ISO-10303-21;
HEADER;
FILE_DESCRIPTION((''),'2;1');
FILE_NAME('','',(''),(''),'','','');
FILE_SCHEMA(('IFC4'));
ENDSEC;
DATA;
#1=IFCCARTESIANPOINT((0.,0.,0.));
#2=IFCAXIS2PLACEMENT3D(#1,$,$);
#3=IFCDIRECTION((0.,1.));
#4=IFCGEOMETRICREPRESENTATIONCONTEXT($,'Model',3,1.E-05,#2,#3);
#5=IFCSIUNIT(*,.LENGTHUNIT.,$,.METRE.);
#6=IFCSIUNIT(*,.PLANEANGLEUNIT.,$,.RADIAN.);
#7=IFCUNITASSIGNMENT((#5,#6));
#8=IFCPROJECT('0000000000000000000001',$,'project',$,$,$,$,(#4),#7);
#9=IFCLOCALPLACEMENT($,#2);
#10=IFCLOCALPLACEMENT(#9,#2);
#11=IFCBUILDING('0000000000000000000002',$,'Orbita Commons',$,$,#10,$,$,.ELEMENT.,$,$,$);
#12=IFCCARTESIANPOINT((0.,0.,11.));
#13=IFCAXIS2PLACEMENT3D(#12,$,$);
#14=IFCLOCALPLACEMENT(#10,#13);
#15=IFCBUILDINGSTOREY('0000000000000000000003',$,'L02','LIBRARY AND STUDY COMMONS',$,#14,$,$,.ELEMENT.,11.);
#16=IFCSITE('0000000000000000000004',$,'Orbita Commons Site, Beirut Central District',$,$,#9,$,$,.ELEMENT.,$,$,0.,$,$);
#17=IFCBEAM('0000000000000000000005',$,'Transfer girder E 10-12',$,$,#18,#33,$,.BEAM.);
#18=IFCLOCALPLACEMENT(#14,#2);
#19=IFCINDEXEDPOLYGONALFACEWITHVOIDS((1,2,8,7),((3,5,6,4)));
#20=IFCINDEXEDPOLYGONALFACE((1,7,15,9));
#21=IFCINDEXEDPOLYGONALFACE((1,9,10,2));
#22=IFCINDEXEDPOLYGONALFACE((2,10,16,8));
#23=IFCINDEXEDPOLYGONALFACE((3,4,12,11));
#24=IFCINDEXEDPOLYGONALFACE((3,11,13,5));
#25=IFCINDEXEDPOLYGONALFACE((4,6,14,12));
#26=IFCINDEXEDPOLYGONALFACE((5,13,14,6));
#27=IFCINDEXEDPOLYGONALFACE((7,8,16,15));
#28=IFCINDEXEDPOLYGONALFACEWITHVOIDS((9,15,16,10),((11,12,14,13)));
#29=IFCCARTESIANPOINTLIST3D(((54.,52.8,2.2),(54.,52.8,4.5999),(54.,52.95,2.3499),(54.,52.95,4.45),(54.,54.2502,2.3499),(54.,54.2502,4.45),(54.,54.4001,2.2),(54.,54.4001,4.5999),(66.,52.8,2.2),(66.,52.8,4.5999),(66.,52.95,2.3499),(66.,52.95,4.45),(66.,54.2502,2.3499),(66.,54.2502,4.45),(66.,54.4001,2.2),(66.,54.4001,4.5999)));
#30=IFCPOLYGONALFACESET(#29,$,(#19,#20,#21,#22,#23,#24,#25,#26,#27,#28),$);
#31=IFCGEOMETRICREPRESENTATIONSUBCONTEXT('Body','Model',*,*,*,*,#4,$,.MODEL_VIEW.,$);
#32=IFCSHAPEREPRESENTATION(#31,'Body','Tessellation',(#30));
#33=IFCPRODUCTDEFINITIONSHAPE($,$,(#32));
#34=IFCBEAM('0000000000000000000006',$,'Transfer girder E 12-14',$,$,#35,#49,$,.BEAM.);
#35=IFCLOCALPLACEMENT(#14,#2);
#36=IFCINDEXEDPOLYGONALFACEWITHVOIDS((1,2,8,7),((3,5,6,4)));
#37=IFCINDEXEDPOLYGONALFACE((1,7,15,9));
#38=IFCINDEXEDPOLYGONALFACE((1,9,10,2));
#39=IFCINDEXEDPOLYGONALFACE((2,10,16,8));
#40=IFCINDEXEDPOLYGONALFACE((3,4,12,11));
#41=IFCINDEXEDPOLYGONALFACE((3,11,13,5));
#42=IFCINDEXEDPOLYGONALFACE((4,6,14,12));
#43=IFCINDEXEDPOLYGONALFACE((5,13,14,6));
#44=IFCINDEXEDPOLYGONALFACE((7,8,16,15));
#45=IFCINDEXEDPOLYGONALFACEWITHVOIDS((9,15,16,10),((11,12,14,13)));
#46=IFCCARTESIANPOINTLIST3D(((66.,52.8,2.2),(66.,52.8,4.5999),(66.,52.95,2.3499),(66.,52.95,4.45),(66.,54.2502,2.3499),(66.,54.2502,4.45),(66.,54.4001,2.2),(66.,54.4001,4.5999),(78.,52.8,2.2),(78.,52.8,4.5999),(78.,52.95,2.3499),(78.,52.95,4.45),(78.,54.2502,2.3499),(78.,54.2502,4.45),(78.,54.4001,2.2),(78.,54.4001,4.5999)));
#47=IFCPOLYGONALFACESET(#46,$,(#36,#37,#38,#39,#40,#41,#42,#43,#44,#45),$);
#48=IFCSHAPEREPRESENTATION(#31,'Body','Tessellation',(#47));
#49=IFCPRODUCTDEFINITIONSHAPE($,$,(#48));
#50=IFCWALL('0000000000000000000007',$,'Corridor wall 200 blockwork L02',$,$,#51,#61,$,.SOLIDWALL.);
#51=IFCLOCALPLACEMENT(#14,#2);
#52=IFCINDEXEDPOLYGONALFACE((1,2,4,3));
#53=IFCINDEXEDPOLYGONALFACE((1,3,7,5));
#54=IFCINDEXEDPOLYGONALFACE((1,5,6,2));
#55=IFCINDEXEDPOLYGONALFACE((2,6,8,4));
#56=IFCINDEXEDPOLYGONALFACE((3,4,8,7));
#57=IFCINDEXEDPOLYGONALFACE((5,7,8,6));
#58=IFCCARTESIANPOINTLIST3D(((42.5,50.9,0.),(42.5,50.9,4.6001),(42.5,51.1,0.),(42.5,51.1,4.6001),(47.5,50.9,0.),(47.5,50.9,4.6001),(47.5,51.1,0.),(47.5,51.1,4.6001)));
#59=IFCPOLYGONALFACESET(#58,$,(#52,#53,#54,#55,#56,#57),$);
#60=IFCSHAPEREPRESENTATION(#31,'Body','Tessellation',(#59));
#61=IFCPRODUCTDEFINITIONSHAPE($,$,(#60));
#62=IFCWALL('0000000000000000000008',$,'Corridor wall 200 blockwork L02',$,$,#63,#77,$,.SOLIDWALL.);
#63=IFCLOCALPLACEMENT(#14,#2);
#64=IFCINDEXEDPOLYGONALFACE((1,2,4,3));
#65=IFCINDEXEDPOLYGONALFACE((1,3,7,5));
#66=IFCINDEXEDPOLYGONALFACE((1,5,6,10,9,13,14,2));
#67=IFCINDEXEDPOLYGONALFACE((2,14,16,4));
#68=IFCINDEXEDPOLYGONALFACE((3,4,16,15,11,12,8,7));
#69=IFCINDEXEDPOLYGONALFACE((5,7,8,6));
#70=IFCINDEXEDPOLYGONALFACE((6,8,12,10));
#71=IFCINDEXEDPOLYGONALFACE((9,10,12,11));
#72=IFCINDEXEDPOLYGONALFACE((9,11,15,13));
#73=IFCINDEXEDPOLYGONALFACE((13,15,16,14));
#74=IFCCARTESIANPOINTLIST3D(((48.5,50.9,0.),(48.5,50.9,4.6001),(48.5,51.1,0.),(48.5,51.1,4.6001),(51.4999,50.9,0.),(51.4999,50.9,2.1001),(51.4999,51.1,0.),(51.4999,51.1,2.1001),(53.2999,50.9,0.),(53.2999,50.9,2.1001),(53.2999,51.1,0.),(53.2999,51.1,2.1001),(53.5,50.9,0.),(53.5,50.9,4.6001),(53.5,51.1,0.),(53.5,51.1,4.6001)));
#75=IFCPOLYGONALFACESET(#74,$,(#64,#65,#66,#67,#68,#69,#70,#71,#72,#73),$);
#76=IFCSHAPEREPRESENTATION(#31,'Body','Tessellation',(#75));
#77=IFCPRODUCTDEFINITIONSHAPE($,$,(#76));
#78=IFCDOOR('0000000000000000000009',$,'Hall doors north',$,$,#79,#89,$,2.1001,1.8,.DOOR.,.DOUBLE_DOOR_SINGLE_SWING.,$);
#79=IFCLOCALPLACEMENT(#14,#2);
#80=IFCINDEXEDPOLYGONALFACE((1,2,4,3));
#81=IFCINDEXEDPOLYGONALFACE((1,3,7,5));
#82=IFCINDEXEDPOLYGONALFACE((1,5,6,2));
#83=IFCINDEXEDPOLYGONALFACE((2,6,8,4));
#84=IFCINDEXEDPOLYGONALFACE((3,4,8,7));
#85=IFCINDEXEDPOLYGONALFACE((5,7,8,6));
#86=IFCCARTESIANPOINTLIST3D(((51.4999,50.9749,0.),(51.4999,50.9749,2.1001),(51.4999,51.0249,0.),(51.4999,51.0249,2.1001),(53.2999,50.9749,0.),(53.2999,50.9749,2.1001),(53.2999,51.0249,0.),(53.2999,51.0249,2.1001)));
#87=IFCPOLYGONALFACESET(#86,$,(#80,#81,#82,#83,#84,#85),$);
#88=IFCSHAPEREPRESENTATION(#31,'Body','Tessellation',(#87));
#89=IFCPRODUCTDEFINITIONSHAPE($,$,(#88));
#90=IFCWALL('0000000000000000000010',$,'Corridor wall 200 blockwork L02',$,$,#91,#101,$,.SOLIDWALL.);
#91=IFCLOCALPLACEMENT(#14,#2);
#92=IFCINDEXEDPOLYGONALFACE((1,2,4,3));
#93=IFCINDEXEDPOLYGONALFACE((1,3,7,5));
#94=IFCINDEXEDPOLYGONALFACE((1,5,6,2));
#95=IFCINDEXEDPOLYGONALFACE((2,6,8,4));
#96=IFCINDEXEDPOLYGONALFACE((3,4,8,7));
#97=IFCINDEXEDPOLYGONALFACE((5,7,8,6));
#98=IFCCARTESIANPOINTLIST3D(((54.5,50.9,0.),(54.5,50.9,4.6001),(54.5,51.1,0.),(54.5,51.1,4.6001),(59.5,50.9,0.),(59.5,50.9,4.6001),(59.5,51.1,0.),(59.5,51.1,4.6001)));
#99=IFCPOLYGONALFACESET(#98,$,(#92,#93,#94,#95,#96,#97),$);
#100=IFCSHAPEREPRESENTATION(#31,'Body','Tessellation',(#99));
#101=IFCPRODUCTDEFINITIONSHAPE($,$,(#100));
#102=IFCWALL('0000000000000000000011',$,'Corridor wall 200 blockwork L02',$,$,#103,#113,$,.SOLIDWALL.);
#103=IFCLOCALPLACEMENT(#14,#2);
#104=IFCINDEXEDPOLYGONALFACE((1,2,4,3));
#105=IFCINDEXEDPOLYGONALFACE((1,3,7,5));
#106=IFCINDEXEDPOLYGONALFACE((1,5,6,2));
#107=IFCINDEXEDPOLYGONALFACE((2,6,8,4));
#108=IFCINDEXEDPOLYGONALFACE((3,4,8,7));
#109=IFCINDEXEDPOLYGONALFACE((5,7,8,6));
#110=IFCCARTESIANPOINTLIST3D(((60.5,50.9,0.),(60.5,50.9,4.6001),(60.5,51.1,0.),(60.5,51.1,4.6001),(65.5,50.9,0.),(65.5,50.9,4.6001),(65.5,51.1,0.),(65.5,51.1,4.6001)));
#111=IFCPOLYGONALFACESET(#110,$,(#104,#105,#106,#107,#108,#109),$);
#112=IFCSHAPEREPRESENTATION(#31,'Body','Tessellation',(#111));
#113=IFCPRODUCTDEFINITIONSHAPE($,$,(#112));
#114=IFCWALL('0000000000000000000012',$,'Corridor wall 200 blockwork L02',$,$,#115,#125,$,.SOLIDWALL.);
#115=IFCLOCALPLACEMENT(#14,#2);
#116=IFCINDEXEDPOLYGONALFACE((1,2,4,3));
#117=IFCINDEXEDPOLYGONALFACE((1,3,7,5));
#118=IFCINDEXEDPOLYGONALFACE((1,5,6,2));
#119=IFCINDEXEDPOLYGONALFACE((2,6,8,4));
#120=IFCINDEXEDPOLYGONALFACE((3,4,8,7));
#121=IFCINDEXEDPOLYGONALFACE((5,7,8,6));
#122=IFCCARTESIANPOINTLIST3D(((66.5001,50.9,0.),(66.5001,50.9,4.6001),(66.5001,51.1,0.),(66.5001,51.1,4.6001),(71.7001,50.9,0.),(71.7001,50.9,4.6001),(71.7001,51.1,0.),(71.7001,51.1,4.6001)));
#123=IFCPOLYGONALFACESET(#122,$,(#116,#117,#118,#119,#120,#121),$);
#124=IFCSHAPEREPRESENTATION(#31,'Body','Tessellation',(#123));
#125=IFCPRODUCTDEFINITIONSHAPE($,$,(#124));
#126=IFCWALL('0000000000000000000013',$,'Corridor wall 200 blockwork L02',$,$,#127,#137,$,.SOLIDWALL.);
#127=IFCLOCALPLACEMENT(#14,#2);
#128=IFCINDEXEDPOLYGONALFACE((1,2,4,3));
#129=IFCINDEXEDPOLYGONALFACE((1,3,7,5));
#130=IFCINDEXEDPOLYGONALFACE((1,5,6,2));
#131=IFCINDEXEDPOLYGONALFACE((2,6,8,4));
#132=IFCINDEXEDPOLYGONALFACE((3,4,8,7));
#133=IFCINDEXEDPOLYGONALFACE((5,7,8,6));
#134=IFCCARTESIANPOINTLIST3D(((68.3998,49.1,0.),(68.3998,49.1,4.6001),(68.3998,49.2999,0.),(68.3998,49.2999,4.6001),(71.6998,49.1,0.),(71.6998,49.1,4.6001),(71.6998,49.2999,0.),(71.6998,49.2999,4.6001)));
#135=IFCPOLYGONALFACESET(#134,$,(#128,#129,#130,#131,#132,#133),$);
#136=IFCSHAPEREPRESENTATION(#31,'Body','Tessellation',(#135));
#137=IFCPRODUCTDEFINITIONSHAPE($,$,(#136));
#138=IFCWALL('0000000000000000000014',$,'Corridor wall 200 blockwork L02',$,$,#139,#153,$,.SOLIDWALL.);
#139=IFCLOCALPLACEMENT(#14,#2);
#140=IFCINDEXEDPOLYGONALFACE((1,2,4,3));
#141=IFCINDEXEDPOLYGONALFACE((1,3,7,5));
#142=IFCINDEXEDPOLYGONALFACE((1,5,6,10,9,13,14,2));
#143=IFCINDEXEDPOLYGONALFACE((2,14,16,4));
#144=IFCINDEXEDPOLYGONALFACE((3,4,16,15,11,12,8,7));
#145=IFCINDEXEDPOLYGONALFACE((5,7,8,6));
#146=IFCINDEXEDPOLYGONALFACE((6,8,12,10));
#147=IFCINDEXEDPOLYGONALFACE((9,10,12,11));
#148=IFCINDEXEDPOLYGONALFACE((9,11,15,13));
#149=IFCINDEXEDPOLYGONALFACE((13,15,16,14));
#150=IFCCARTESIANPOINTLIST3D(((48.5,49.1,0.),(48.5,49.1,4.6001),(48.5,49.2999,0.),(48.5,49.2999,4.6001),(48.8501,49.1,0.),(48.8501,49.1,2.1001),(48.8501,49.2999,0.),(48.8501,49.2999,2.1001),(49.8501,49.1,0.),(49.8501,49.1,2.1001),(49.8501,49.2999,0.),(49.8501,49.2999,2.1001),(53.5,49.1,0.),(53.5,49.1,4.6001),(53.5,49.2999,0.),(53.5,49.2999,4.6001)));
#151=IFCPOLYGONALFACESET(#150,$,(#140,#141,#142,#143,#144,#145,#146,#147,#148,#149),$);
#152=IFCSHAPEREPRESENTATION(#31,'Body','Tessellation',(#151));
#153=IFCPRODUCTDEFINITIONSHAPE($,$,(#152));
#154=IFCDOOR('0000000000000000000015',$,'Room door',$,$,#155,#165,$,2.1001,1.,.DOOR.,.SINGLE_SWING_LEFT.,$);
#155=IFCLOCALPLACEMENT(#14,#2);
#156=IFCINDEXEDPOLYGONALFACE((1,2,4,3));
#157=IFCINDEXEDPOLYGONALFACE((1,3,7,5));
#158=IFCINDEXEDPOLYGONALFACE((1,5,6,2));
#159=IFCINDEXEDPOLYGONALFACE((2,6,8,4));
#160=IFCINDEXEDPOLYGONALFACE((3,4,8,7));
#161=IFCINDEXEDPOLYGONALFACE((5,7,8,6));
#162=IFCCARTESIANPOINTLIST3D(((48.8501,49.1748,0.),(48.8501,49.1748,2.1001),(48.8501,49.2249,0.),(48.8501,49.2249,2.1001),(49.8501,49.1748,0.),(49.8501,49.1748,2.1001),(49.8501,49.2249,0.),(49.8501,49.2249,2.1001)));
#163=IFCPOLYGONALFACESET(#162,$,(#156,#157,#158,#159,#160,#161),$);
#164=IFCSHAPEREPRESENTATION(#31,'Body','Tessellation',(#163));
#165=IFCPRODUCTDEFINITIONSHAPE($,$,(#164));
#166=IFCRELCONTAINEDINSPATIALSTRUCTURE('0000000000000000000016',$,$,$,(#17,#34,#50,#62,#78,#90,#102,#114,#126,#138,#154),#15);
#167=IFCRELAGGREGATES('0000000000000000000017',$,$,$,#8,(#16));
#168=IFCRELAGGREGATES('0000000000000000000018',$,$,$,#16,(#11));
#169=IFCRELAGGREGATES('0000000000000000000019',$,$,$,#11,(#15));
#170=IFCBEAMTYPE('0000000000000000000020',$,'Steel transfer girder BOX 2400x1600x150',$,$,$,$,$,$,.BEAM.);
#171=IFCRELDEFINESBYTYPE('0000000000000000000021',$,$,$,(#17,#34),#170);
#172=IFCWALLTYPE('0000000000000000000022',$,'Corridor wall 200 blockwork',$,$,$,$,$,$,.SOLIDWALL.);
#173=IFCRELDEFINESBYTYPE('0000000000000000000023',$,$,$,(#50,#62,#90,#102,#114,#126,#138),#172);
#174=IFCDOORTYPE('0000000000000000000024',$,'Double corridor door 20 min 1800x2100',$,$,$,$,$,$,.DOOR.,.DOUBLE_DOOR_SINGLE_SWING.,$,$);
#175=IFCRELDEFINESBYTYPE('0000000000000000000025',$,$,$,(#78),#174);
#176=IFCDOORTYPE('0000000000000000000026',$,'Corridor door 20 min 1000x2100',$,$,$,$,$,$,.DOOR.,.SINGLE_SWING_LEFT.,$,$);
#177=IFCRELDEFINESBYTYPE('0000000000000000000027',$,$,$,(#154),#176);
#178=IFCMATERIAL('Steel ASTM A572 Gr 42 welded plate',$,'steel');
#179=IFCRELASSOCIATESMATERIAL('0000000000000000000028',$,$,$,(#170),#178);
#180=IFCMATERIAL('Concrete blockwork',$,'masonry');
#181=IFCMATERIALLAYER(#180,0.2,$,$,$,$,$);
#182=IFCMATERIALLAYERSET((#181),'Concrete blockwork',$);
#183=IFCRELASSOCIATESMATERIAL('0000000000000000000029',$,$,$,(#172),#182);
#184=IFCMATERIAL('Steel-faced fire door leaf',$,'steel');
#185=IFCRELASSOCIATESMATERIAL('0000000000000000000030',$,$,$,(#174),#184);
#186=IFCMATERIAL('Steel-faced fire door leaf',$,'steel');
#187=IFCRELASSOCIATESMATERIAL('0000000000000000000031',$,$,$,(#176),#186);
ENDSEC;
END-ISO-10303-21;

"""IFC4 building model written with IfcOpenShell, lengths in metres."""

from ifc_helpers import new_model, si_unit, direction, frame, frame_2d, origin, origin_2d, place, context, subcontext, project, spatial, rectangle, hollow_rectangle, extrude, material, layer, layer_set, material_profile, profile_set, type_object, element, fill, save


model = new_model("IFC4")

# Units and contexts
model_context = context("Model", 3, precision=1e-05, world=origin(), true_north=direction((0.0, 1.0)))
body_context = subcontext(model_context, "Body", "Model", "MODEL_VIEW")
ifc_project = project(units=[si_unit("LENGTHUNIT", "METRE"), si_unit("PLANEANGLEUNIT", "RADIAN")], contexts=[model_context])

# Site, building, storey
site_placement = place(None, origin())
site = spatial("IfcSite", under=ifc_project, at=site_placement, Name="Orbita Commons Site, Beirut Central District", CompositionType="ELEMENT", RefElevation=0.0)
building_placement = place(site_placement, origin())
building = spatial("IfcBuilding", under=site, at=building_placement, Name="Orbita Commons", CompositionType="ELEMENT")
storey_placement = place(building_placement, frame((0.0, 0.0, 11.0)))
storey = spatial("IfcBuildingStorey", under=building, at=storey_placement, Name="L02", Description="LIBRARY AND STUDY COMMONS", CompositionType="ELEMENT", Elevation=11.0)

# Beams
ifc_material_1 = material(Name="Steel ASTM A572 Gr 42 welded plate", Category="steel")
ifc_material_profile_1 = material_profile(ifc_material_1, hollow_rectangle(XDim=1.6001, YDim=2.3999, WallThickness=0.1499, at=origin_2d()), Name="BOX 2400x1600x150")
ifc_profile_set_1 = profile_set([ifc_material_profile_1], Name="Steel ASTM A572 Gr 42 welded plate")
beam_type_1 = type_object("IfcBeamType", Name="Steel transfer girder BOX 2400x1600x150", PredefinedType="BEAM", material=ifc_profile_set_1)
for number, where, z_axis, x_axis, name in (
    (1, (54.0, 53.6001, 3.3999), (1.0, 0.0, 0.0), (0.0, 1.0, 0.0), "Transfer girder E 10-12"),
    (2, (66.0, 53.6001, 3.3999), (1.0, 0.0, 0.0), (0.0, 1.0, 0.0), "Transfer girder E 12-14"),
):
    element("IfcBeam", number, at=place(storey_placement, frame(where, z_axis=z_axis, x_axis=x_axis)), inside=storey, type_object=beam_type_1, Name=name, PredefinedType="BEAM", context=body_context, shape_type="SweptSolid", body=[
        extrude(hollow_rectangle(XDim=1.6001, YDim=2.3999, WallThickness=0.1499, at=origin_2d()), origin(), (0.0, 0.0, 1.0), 12.0),
    ])

# Wall
ifc_material_2 = material(Name="Concrete blockwork", Category="masonry")
ifc_layer_1 = layer(ifc_material_2, 0.2)
ifc_layer_set_1 = layer_set([ifc_layer_1], Name="Concrete blockwork")
wall_type_1 = type_object("IfcWallType", Name="Corridor wall 200 blockwork", PredefinedType="SOLIDWALL", material=ifc_layer_set_1)
wall_1_placement = place(storey_placement, frame((42.5, 51.0, 0.0), z_axis=(0.0, 0.0, 1.0), x_axis=(1.0, 0.0, 0.0)))
element("IfcWall", 3, at=wall_1_placement, inside=storey, type_object=wall_type_1, Name="Corridor wall 200 blockwork L02", PredefinedType="SOLIDWALL", context=body_context, shape_type="SweptSolid", body=[
    extrude(rectangle(XDim=5.0, YDim=0.2, at=frame_2d((2.5, 0.0))), origin(), (0.0, 0.0, 1.0), 4.6001),
])

# Wall, opening, door
wall_2_placement = place(storey_placement, frame((48.5, 51.0, 0.0), z_axis=(0.0, 0.0, 1.0), x_axis=(1.0, 0.0, 0.0)))
wall_2 = element("IfcWall", 4, at=wall_2_placement, inside=storey, type_object=wall_type_1, Name="Corridor wall 200 blockwork L02", PredefinedType="SOLIDWALL", context=body_context, shape_type="SweptSolid", body=[
    extrude(rectangle(XDim=5.0, YDim=0.2, at=frame_2d((2.5, 0.0))), origin(), (0.0, 0.0, 1.0), 4.6001),
])
opening_1_placement = place(wall_2_placement, frame((3.0, 0.0, 0.0)))
opening_1 = element("IfcOpeningElement", 5, at=opening_1_placement, cuts=wall_2, PredefinedType="OPENING", context=body_context, shape_type="SweptSolid", body=[
    extrude(rectangle(XDim=1.8, YDim=2.1001, at=frame_2d((0.8999, 1.05))), frame((0.0, 0.1099, 0.0), z_axis=(0.0, -1.0, 0.0), x_axis=(1.0, 0.0, 0.0)), (0.0, 0.0, 1.0), 0.22),
])
ifc_material_3 = material(Name="Steel-faced fire door leaf", Category="steel")
door_type_1 = type_object("IfcDoorType", Name="Double corridor door 20 min 1800x2100", OperationType="DOUBLE_DOOR_SINGLE_SWING", PredefinedType="DOOR", material=ifc_material_3)
door_1_placement = place(opening_1_placement, origin())
door_1 = element("IfcDoor", 6, at=door_1_placement, inside=storey, type_object=door_type_1, Name="Hall doors north", OperationType="DOUBLE_DOOR_SINGLE_SWING", OverallHeight=2.1001, OverallWidth=1.8, PredefinedType="DOOR", context=body_context, shape_type="SweptSolid", body=[
    extrude(rectangle(XDim=1.8, YDim=2.1001, at=frame_2d((0.8999, 1.05))), frame((0.0, 0.0249, 0.0), z_axis=(0.0, -1.0, 0.0), x_axis=(1.0, 0.0, 0.0)), (0.0, 0.0, 1.0), 0.05),
])
fill(opening_1, door_1)

# Walls
for number, where, z_axis, x_axis, name in (
    (7, (54.5, 51.0, 0.0), (0.0, 0.0, 1.0), (1.0, 0.0, 0.0), "Corridor wall 200 blockwork L02"),
    (8, (60.5, 51.0, 0.0), (0.0, 0.0, 1.0), (1.0, 0.0, 0.0), "Corridor wall 200 blockwork L02"),
):
    element("IfcWall", number, at=place(storey_placement, frame(where, z_axis=z_axis, x_axis=x_axis)), inside=storey, type_object=wall_type_1, Name=name, PredefinedType="SOLIDWALL", context=body_context, shape_type="SweptSolid", body=[
        extrude(rectangle(XDim=5.0, YDim=0.2, at=frame_2d((2.5, 0.0))), origin(), (0.0, 0.0, 1.0), 4.6001),
    ])
wall_3_placement = place(storey_placement, frame((66.5, 51.0, 0.0), z_axis=(0.0, 0.0, 1.0), x_axis=(1.0, 0.0, 0.0)))
element("IfcWall", 9, at=wall_3_placement, inside=storey, type_object=wall_type_1, Name="Corridor wall 200 blockwork L02", PredefinedType="SOLIDWALL", context=body_context, shape_type="SweptSolid", body=[
    extrude(rectangle(XDim=5.2, YDim=0.2, at=frame_2d((2.6001, 0.0))), origin(), (0.0, 0.0, 1.0), 4.6001),
])
wall_4_placement = place(storey_placement, frame((68.3999, 49.2, 0.0), z_axis=(0.0, 0.0, 1.0), x_axis=(1.0, 0.0, 0.0)))
element("IfcWall", 10, at=wall_4_placement, inside=storey, type_object=wall_type_1, Name="Corridor wall 200 blockwork L02", PredefinedType="SOLIDWALL", context=body_context, shape_type="SweptSolid", body=[
    extrude(rectangle(XDim=3.3, YDim=0.2, at=frame_2d((1.6499, 0.0))), origin(), (0.0, 0.0, 1.0), 4.6001),
])

# Wall, opening, door
wall_5_placement = place(storey_placement, frame((48.5, 49.2, 0.0), z_axis=(0.0, 0.0, 1.0), x_axis=(1.0, 0.0, 0.0)))
wall_5 = element("IfcWall", 11, at=wall_5_placement, inside=storey, type_object=wall_type_1, Name="Corridor wall 200 blockwork L02", PredefinedType="SOLIDWALL", context=body_context, shape_type="SweptSolid", body=[
    extrude(rectangle(XDim=5.0, YDim=0.2, at=frame_2d((2.5, 0.0))), origin(), (0.0, 0.0, 1.0), 4.6001),
])
opening_2_placement = place(wall_5_placement, frame((0.3501, 0.0, 0.0)))
opening_2 = element("IfcOpeningElement", 12, at=opening_2_placement, cuts=wall_5, PredefinedType="OPENING", context=body_context, shape_type="SweptSolid", body=[
    extrude(rectangle(XDim=1.0, YDim=2.1001, at=frame_2d((0.5, 1.05))), frame((0.0, 0.1099, 0.0), z_axis=(0.0, -1.0, 0.0), x_axis=(1.0, 0.0, 0.0)), (0.0, 0.0, 1.0), 0.22),
])
ifc_material_4 = material(Name="Steel-faced fire door leaf", Category="steel")
door_type_2 = type_object("IfcDoorType", Name="Corridor door 20 min 1000x2100", OperationType="SINGLE_SWING_LEFT", PredefinedType="DOOR", material=ifc_material_4)
door_2_placement = place(opening_2_placement, origin())
door_2 = element("IfcDoor", 13, at=door_2_placement, inside=storey, type_object=door_type_2, Name="Room door", OperationType="SINGLE_SWING_LEFT", OverallHeight=2.1001, OverallWidth=1.0, PredefinedType="DOOR", context=body_context, shape_type="SweptSolid", body=[
    extrude(rectangle(XDim=1.0, YDim=2.1001, at=frame_2d((0.5, 1.05))), frame((0.0, 0.0249, 0.0), z_axis=(0.0, -1.0, 0.0), x_axis=(1.0, 0.0, 0.0)), (0.0, 0.0, 1.0), 0.05),
])
fill(opening_2, door_2)

save(model, "model.ifc")
